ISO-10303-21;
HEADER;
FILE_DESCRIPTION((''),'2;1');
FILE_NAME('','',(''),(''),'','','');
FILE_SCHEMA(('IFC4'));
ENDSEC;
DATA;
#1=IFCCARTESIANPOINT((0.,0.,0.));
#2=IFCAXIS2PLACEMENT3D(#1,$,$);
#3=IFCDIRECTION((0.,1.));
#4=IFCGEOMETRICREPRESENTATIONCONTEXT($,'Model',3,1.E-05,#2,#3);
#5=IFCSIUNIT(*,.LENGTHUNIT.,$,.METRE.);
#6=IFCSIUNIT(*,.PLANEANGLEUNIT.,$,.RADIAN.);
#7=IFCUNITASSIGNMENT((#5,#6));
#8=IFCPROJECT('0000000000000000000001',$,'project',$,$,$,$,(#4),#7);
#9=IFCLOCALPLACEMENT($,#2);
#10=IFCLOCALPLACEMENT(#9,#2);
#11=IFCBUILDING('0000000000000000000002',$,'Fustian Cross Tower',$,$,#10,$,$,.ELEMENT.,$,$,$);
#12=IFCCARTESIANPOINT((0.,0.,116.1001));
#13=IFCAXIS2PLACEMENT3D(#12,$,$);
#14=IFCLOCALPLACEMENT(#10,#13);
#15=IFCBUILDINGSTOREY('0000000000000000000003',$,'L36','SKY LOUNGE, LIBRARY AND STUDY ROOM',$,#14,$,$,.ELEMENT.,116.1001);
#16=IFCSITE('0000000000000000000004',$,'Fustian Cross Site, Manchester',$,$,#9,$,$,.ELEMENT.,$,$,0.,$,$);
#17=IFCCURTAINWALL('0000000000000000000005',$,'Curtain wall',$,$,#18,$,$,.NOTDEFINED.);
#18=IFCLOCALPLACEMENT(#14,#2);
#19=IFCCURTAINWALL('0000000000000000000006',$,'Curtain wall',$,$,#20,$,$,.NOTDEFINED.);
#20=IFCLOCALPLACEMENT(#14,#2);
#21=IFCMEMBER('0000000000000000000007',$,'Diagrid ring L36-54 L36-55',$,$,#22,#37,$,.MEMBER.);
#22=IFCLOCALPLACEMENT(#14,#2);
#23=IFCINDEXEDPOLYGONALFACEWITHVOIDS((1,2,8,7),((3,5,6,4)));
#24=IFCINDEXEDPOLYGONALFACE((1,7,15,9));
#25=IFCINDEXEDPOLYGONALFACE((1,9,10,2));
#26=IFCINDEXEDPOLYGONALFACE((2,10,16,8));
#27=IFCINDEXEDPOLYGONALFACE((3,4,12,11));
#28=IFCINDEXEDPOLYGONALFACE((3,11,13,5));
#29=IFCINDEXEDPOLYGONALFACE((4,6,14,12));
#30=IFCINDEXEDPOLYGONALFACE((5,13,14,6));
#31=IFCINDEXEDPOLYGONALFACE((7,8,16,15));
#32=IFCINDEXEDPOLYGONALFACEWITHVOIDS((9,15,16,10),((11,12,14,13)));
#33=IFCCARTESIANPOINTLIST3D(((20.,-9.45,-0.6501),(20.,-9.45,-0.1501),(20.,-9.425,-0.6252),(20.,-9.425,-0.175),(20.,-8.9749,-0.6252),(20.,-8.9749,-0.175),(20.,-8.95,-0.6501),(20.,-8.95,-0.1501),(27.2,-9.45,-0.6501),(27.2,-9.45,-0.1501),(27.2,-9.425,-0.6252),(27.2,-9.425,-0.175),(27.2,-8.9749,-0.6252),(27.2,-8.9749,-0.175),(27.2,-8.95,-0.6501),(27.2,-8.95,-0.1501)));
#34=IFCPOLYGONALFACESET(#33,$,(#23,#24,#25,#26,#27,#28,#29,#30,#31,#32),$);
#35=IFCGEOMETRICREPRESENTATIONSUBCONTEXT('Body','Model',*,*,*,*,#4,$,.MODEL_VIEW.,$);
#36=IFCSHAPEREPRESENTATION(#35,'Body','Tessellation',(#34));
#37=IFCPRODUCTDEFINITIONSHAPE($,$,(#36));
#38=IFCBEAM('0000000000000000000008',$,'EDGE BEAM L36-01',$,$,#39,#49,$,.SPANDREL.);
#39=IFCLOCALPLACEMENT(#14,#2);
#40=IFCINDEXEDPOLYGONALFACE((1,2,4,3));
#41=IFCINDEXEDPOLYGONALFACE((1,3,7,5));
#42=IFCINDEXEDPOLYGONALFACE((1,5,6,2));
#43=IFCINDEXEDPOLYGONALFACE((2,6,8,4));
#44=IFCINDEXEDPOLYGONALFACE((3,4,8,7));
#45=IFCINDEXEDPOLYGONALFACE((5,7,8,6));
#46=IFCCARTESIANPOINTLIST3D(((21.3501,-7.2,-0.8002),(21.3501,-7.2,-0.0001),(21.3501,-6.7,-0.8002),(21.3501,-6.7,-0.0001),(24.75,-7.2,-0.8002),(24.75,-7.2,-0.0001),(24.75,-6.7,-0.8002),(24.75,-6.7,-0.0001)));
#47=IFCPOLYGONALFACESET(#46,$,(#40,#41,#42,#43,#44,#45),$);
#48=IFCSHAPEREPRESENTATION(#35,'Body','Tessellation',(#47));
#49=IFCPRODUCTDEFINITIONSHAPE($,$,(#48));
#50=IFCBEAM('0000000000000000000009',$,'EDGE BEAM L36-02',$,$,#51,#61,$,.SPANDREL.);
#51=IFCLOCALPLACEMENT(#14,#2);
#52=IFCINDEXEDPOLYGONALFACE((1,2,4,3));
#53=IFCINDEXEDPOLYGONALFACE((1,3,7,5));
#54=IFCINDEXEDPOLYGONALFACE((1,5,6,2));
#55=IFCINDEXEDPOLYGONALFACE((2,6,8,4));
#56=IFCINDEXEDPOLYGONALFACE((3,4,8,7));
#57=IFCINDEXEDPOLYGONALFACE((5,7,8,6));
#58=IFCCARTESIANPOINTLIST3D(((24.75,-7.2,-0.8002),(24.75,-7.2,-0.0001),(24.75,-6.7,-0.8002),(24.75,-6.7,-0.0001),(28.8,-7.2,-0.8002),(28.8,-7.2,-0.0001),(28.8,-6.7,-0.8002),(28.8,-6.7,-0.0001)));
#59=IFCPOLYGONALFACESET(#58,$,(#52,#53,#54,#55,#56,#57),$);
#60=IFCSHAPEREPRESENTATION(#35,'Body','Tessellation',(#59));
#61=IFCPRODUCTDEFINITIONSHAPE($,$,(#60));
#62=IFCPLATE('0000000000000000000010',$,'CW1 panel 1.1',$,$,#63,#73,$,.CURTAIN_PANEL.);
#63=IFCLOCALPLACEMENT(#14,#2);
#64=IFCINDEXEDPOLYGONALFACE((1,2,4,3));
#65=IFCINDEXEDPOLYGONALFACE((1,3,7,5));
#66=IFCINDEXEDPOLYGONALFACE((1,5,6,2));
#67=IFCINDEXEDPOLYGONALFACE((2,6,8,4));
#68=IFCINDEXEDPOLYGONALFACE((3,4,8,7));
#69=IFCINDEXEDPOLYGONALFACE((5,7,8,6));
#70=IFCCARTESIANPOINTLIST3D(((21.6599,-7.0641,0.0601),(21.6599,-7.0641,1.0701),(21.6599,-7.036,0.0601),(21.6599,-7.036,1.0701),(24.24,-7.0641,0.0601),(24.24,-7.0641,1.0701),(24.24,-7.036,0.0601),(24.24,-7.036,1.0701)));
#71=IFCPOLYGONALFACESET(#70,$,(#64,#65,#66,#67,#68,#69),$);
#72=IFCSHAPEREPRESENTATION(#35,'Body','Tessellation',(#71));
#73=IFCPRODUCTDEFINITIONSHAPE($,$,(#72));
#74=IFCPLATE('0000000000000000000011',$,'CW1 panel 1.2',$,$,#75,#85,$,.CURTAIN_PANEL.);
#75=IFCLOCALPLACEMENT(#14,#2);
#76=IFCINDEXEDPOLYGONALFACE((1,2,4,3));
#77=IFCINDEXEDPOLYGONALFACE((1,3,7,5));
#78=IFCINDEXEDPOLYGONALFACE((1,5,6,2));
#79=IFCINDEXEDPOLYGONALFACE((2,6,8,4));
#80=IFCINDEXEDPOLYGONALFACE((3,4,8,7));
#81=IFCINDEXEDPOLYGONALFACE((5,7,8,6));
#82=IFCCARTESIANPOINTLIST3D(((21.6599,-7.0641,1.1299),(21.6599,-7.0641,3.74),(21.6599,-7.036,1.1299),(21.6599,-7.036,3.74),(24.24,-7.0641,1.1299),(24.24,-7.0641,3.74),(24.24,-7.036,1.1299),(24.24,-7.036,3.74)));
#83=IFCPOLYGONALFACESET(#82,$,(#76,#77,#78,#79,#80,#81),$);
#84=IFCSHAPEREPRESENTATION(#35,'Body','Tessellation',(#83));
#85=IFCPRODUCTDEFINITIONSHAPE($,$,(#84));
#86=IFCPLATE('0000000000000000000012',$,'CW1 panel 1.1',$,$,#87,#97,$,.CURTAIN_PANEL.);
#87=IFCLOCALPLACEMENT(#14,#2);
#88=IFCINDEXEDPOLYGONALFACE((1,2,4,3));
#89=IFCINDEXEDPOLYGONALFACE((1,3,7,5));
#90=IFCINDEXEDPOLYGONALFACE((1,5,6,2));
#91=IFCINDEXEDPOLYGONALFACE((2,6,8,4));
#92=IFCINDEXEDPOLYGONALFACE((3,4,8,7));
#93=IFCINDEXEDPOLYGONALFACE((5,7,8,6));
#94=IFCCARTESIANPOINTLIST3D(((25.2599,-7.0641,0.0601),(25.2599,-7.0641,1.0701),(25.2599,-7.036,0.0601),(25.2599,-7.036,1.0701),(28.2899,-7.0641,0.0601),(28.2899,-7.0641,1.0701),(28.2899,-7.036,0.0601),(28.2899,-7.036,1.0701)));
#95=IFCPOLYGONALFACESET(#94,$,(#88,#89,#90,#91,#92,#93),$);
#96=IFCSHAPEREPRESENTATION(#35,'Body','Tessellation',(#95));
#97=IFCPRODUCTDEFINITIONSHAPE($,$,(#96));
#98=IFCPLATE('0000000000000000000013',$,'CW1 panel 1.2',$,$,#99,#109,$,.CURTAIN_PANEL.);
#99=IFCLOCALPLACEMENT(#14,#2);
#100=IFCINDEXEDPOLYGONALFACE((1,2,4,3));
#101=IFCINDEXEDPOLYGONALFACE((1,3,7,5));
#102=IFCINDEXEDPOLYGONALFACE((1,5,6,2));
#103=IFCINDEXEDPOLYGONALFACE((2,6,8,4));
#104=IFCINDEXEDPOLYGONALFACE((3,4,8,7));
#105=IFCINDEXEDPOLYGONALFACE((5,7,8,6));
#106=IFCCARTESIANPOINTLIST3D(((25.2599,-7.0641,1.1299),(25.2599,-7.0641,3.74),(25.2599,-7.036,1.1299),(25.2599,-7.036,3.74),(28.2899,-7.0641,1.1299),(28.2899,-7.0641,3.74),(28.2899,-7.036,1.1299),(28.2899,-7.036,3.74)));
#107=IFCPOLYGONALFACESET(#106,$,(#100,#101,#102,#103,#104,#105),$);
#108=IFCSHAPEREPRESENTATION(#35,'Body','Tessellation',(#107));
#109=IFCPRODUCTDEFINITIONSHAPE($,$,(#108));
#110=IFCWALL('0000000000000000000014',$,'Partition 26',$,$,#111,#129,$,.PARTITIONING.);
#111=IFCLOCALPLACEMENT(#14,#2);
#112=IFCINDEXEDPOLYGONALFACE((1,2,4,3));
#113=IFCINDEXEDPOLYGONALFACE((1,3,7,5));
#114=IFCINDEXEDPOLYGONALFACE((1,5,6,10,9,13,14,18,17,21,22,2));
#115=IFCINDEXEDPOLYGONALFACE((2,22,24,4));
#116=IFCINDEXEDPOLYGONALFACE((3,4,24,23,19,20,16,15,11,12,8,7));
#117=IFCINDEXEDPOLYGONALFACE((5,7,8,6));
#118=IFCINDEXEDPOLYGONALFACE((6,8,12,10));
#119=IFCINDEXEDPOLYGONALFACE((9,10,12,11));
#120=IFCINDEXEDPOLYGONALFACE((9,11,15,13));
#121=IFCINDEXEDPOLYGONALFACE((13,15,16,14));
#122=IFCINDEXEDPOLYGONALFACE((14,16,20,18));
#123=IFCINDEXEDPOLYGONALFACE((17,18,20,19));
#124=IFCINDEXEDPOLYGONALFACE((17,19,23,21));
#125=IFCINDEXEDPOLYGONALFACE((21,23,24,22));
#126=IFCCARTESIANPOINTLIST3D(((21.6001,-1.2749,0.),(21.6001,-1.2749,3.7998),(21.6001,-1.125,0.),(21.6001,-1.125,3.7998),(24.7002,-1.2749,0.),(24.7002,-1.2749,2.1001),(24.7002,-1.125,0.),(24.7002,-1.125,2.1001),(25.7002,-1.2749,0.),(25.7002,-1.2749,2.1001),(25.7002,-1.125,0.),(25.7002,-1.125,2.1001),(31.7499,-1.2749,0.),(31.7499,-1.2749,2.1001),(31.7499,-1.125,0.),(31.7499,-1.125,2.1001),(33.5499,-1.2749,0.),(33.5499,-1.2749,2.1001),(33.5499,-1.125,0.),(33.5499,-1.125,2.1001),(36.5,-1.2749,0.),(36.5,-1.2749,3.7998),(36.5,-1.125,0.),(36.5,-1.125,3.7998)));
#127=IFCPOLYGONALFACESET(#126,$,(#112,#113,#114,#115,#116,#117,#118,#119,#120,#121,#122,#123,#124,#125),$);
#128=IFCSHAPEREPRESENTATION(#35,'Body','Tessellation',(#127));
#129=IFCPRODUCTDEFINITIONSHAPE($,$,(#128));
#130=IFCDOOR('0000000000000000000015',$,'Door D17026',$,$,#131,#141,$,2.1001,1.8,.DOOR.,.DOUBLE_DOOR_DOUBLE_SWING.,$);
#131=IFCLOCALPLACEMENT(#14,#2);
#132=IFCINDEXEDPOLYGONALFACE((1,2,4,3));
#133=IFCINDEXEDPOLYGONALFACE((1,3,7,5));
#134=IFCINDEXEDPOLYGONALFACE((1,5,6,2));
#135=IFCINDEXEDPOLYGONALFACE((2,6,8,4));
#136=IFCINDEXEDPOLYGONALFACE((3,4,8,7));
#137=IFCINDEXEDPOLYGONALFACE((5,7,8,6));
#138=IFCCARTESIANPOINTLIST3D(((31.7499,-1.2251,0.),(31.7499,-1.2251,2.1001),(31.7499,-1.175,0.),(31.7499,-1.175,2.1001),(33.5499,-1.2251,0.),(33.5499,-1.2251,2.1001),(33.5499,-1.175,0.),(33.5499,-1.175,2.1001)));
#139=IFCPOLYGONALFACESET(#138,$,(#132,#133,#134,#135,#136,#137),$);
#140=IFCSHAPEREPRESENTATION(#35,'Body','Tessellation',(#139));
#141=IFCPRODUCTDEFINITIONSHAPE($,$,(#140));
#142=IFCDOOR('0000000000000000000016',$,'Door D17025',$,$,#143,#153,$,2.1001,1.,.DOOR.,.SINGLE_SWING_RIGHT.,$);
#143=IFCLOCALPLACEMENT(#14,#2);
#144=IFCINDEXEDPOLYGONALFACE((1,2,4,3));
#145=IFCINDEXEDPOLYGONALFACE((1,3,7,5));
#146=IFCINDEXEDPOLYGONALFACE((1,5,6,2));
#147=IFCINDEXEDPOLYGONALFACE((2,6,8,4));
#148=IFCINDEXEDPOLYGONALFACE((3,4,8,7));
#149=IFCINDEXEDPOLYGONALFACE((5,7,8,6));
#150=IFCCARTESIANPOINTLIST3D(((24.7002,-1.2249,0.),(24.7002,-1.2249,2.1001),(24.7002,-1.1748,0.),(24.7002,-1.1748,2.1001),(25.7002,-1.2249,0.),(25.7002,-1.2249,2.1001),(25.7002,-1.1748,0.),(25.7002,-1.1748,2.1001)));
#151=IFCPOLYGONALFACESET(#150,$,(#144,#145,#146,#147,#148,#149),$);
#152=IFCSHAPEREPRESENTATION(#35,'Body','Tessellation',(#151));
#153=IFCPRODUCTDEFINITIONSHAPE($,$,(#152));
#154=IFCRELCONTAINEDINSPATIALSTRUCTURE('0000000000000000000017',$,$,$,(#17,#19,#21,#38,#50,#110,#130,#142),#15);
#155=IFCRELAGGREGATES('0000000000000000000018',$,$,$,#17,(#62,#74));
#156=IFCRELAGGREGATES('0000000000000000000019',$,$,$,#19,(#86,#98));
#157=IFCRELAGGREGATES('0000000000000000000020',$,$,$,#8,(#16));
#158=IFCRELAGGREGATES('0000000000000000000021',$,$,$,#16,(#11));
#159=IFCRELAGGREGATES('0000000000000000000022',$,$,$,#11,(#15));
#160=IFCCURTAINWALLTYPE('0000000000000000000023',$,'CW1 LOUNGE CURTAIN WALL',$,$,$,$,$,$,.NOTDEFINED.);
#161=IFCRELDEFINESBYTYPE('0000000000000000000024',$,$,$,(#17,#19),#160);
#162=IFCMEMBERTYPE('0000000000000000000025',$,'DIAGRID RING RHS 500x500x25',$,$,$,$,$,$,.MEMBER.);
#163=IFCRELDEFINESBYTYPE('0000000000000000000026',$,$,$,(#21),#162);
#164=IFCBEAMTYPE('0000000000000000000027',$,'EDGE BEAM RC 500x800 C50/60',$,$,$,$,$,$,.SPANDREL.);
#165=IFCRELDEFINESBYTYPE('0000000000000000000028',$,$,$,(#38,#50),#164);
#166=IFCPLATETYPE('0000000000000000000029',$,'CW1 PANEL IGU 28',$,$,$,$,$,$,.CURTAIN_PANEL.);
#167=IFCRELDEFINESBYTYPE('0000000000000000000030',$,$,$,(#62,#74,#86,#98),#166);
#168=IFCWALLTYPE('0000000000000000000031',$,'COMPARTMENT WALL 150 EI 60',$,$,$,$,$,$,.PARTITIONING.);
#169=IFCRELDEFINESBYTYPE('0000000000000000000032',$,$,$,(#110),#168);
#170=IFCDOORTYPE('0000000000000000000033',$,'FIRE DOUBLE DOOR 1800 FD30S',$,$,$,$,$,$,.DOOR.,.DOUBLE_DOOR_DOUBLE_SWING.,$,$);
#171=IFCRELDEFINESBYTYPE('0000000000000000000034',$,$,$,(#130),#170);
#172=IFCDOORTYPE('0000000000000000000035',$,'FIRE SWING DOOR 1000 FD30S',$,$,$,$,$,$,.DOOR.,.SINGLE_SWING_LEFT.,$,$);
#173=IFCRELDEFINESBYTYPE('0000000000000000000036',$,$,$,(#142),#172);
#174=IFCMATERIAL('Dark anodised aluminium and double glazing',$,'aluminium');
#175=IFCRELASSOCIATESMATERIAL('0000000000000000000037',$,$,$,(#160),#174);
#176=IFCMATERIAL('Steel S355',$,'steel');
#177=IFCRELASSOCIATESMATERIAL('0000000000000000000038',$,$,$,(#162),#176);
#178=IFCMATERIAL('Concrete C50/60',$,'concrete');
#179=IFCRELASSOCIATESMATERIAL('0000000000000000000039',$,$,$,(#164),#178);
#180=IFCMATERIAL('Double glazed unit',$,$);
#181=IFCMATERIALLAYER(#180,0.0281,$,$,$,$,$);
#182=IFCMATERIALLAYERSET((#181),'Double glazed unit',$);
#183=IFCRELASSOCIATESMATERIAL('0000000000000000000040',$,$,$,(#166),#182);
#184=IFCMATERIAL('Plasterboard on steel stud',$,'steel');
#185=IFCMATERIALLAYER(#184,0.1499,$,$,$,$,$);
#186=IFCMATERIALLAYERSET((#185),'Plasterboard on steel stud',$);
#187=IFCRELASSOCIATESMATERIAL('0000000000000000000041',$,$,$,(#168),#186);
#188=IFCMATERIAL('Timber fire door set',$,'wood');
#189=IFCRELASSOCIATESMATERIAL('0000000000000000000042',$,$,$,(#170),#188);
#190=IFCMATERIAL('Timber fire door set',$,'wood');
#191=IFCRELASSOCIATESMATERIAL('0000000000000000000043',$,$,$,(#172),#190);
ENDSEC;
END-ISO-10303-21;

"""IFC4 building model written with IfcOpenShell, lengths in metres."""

from ifc_helpers import new_model, si_unit, direction, frame, frame_2d, origin, origin_2d, place, context, subcontext, project, spatial, rectangle, hollow_rectangle, extrude, material, layer, layer_set, material_profile, profile_set, type_object, element, fill, aggregate, save


model = new_model("IFC4")

# Units and contexts
model_context = context("Model", 3, precision=1e-05, world=origin(), true_north=direction((0.0, 1.0)))
body_context = subcontext(model_context, "Body", "Model", "MODEL_VIEW")
ifc_project = project(units=[si_unit("LENGTHUNIT", "METRE"), si_unit("PLANEANGLEUNIT", "RADIAN")], contexts=[model_context])

# Site, building, storey
site_placement = place(None, origin())
site = spatial("IfcSite", under=ifc_project, at=site_placement, Name="Fustian Cross Site, Manchester", CompositionType="ELEMENT", RefElevation=0.0)
building_placement = place(site_placement, origin())
building = spatial("IfcBuilding", under=site, at=building_placement, Name="Fustian Cross Tower", CompositionType="ELEMENT")
storey_placement = place(building_placement, frame((0.0, 0.0, 116.1001)))
storey = spatial("IfcBuildingStorey", under=building, at=storey_placement, Name="L36", Description="SKY LOUNGE, LIBRARY AND STUDY ROOM", CompositionType="ELEMENT", Elevation=116.1001)

# Curtain wall
ifc_material_1 = material(Name="Dark anodised aluminium and double glazing", Category="aluminium")
curtain_wall_type = type_object("IfcCurtainWallType", Name="CW1 LOUNGE CURTAIN WALL", PredefinedType="NOTDEFINED", material=ifc_material_1)
curtain_wall_1_placement = place(storey_placement, origin())
curtain_wall_1 = element("IfcCurtainWall", 1, at=curtain_wall_1_placement, inside=storey, type_object=curtain_wall_type, Name="Curtain wall", PredefinedType="NOTDEFINED")

# Curtain wall
curtain_wall_2_placement = place(storey_placement, origin())
curtain_wall_2 = element("IfcCurtainWall", 2, at=curtain_wall_2_placement, inside=storey, type_object=curtain_wall_type, Name="Curtain wall", PredefinedType="NOTDEFINED")

# Member
ifc_material_2 = material(Name="Steel S355", Category="steel")
ifc_material_profile_1 = material_profile(ifc_material_2, hollow_rectangle(XDim=0.5, YDim=0.5, WallThickness=0.0249, at=origin_2d()), Name="RHS 500x500x25")
ifc_profile_set_1 = profile_set([ifc_material_profile_1], Name="Steel S355")
member_type_1 = type_object("IfcMemberType", Name="DIAGRID RING RHS 500x500x25", PredefinedType="MEMBER", material=ifc_profile_set_1)
member_1_placement = place(storey_placement, frame((20.0, -9.2, -0.4001), z_axis=(1.0, 0.0, 0.0), x_axis=(0.0, 1.0, 0.0)))
element("IfcMember", 3, at=member_1_placement, inside=storey, type_object=member_type_1, Name="Diagrid ring L36-54 L36-55", PredefinedType="MEMBER", context=body_context, shape_type="SweptSolid", body=[
    extrude(hollow_rectangle(XDim=0.5, YDim=0.5, WallThickness=0.0249, at=origin_2d()), origin(), (0.0, 0.0, 1.0), 7.2),
])

# Beams
ifc_material_3 = material(Name="Concrete C50/60", Category="concrete")
ifc_material_profile_2 = material_profile(ifc_material_3, rectangle(XDim=0.5, YDim=0.8, at=origin_2d()), Name="RC 500x800")
ifc_profile_set_2 = profile_set([ifc_material_profile_2], Name="Concrete C50/60")
beam_type = type_object("IfcBeamType", Name="EDGE BEAM RC 500x800 C50/60", PredefinedType="SPANDREL", material=ifc_profile_set_2)
beam_1_placement = place(storey_placement, frame((21.3501, -6.95, -0.4001), z_axis=(1.0, 0.0, 0.0), x_axis=(0.0, 1.0, 0.0)))
element("IfcBeam", 4, at=beam_1_placement, inside=storey, type_object=beam_type, Name="EDGE BEAM L36-01", PredefinedType="SPANDREL", context=body_context, shape_type="SweptSolid", body=[
    extrude(rectangle(XDim=0.5, YDim=0.8, at=origin_2d()), origin(), (0.0, 0.0, 1.0), 3.3999),
])
beam_2_placement = place(storey_placement, frame((24.75, -6.95, -0.4001), z_axis=(1.0, 0.0, 0.0), x_axis=(0.0, 1.0, 0.0)))
element("IfcBeam", 5, at=beam_2_placement, inside=storey, type_object=beam_type, Name="EDGE BEAM L36-02", PredefinedType="SPANDREL", context=body_context, shape_type="SweptSolid", body=[
    extrude(rectangle(XDim=0.5, YDim=0.8, at=origin_2d()), origin(), (0.0, 0.0, 1.0), 4.05),
])

# Plates
ifc_material_4 = material(Name="Double glazed unit")
ifc_layer_1 = layer(ifc_material_4, 0.0281)
ifc_layer_set_1 = layer_set([ifc_layer_1], Name="Double glazed unit")
plate_type = type_object("IfcPlateType", Name="CW1 PANEL IGU 28", PredefinedType="CURTAIN_PANEL", material=ifc_layer_set_1)
plate_1_placement = place(storey_placement, frame((22.95, -7.05, 0.0601), z_axis=(0.0, 0.0, 1.0), x_axis=(1.0, 0.0, 0.0)))
plate_1 = element("IfcPlate", 6, at=plate_1_placement, type_object=plate_type, Name="CW1 panel 1.1", PredefinedType="CURTAIN_PANEL", context=body_context, shape_type="SweptSolid", body=[
    extrude(rectangle(XDim=2.5801, YDim=0.0281, at=origin_2d()), origin(), (0.0, 0.0, 1.0), 1.01),
])
plate_2_placement = place(storey_placement, frame((22.95, -7.05, 1.1299), z_axis=(0.0, 0.0, 1.0), x_axis=(1.0, 0.0, 0.0)))
plate_2 = element("IfcPlate", 7, at=plate_2_placement, type_object=plate_type, Name="CW1 panel 1.2", PredefinedType="CURTAIN_PANEL", context=body_context, shape_type="SweptSolid", body=[
    extrude(rectangle(XDim=2.5801, YDim=0.0281, at=origin_2d()), origin(), (0.0, 0.0, 1.0), 2.6101),
])
aggregate(curtain_wall_1, [plate_1, plate_2])
plate_3_placement = place(storey_placement, frame((26.7749, -7.05, 0.0601), z_axis=(0.0, 0.0, 1.0), x_axis=(1.0, 0.0, 0.0)))
plate_3 = element("IfcPlate", 8, at=plate_3_placement, type_object=plate_type, Name="CW1 panel 1.1", PredefinedType="CURTAIN_PANEL", context=body_context, shape_type="SweptSolid", body=[
    extrude(rectangle(XDim=3.03, YDim=0.0281, at=origin_2d()), origin(), (0.0, 0.0, 1.0), 1.01),
])
plate_4_placement = place(storey_placement, frame((26.7749, -7.05, 1.1299), z_axis=(0.0, 0.0, 1.0), x_axis=(1.0, 0.0, 0.0)))
plate_4 = element("IfcPlate", 9, at=plate_4_placement, type_object=plate_type, Name="CW1 panel 1.2", PredefinedType="CURTAIN_PANEL", context=body_context, shape_type="SweptSolid", body=[
    extrude(rectangle(XDim=3.03, YDim=0.0281, at=origin_2d()), origin(), (0.0, 0.0, 1.0), 2.6101),
])
aggregate(curtain_wall_2, [plate_3, plate_4])

# Wall, openings, doors
ifc_material_5 = material(Name="Plasterboard on steel stud", Category="steel")
ifc_layer_2 = layer(ifc_material_5, 0.1499)
ifc_layer_set_2 = layer_set([ifc_layer_2], Name="Plasterboard on steel stud")
wall_type_1 = type_object("IfcWallType", Name="COMPARTMENT WALL 150 EI 60", PredefinedType="PARTITIONING", material=ifc_layer_set_2)
wall_1_placement = place(storey_placement, frame((21.6001, -1.2, 0.0), z_axis=(0.0, 0.0, 1.0), x_axis=(1.0, 0.0, 0.0)))
wall_1 = element("IfcWall", 10, at=wall_1_placement, inside=storey, type_object=wall_type_1, Name="Partition 26", PredefinedType="PARTITIONING", context=body_context, shape_type="SweptSolid", body=[
    extrude(rectangle(XDim=14.8999, YDim=0.1499, at=frame_2d((7.45, 0.0))), origin(), (0.0, 0.0, 1.0), 3.7998),
])
opening_1_placement = place(wall_1_placement, frame((3.1001, 0.0, 0.0)))
opening_1 = element("IfcOpeningElement", 11, at=opening_1_placement, cuts=wall_1, PredefinedType="OPENING", context=body_context, shape_type="SweptSolid", body=[
    extrude(rectangle(XDim=1.0, YDim=2.1001, at=frame_2d((0.5, 1.05))), frame((0.0, 0.085, 0.0), z_axis=(0.0, -1.0, 0.0), x_axis=(1.0, 0.0, 0.0)), (0.0, 0.0, 1.0), 0.1699),
])
opening_2_placement = place(wall_1_placement, frame((10.1499, 0.0, 0.0)))
opening_2 = element("IfcOpeningElement", 12, at=opening_2_placement, cuts=wall_1, PredefinedType="OPENING", context=body_context, shape_type="SweptSolid", body=[
    extrude(rectangle(XDim=1.8, YDim=2.1001, at=frame_2d((0.8999, 1.05))), frame((0.0, 0.085, 0.0), z_axis=(0.0, -1.0, 0.0), x_axis=(1.0, 0.0, 0.0)), (0.0, 0.0, 1.0), 0.1699),
])
ifc_material_6 = material(Name="Timber fire door set", Category="wood")
door_type_1 = type_object("IfcDoorType", Name="FIRE DOUBLE DOOR 1800 FD30S", OperationType="DOUBLE_DOOR_DOUBLE_SWING", PredefinedType="DOOR", material=ifc_material_6)
door_1_placement = place(opening_2_placement, origin())
door_1 = element("IfcDoor", 13, at=door_1_placement, inside=storey, type_object=door_type_1, Name="Door D17026", OperationType="DOUBLE_DOOR_DOUBLE_SWING", OverallHeight=2.1001, OverallWidth=1.8, PredefinedType="DOOR", context=body_context, shape_type="SweptSolid", body=[
    extrude(rectangle(XDim=1.8, YDim=2.1001, at=frame_2d((0.8999, 1.05))), frame((0.0, 0.0249, 0.0), z_axis=(0.0, -1.0, 0.0), x_axis=(1.0, 0.0, 0.0)), (0.0, 0.0, 1.0), 0.05),
])
fill(opening_2, door_1)
ifc_material_7 = material(Name="Timber fire door set", Category="wood")
door_type_2 = type_object("IfcDoorType", Name="FIRE SWING DOOR 1000 FD30S", OperationType="SINGLE_SWING_LEFT", PredefinedType="DOOR", material=ifc_material_7)
door_2_placement = place(opening_1_placement, frame((1.0, 0.0, 0.0), z_axis=(0.0, 0.0, 1.0), x_axis=(-1.0, 0.0, 0.0)))
door_2 = element("IfcDoor", 14, at=door_2_placement, inside=storey, type_object=door_type_2, Name="Door D17025", OperationType="SINGLE_SWING_RIGHT", OverallHeight=2.1001, OverallWidth=1.0, PredefinedType="DOOR", context=body_context, shape_type="SweptSolid", body=[
    extrude(rectangle(XDim=1.0, YDim=2.1001, at=frame_2d((0.5, 1.05))), frame((0.0, 0.0249, 0.0), z_axis=(0.0, -1.0, 0.0), x_axis=(1.0, 0.0, 0.0)), (0.0, 0.0, 1.0), 0.05),
])
fill(opening_1, door_2)

save(model, "model.ifc")
